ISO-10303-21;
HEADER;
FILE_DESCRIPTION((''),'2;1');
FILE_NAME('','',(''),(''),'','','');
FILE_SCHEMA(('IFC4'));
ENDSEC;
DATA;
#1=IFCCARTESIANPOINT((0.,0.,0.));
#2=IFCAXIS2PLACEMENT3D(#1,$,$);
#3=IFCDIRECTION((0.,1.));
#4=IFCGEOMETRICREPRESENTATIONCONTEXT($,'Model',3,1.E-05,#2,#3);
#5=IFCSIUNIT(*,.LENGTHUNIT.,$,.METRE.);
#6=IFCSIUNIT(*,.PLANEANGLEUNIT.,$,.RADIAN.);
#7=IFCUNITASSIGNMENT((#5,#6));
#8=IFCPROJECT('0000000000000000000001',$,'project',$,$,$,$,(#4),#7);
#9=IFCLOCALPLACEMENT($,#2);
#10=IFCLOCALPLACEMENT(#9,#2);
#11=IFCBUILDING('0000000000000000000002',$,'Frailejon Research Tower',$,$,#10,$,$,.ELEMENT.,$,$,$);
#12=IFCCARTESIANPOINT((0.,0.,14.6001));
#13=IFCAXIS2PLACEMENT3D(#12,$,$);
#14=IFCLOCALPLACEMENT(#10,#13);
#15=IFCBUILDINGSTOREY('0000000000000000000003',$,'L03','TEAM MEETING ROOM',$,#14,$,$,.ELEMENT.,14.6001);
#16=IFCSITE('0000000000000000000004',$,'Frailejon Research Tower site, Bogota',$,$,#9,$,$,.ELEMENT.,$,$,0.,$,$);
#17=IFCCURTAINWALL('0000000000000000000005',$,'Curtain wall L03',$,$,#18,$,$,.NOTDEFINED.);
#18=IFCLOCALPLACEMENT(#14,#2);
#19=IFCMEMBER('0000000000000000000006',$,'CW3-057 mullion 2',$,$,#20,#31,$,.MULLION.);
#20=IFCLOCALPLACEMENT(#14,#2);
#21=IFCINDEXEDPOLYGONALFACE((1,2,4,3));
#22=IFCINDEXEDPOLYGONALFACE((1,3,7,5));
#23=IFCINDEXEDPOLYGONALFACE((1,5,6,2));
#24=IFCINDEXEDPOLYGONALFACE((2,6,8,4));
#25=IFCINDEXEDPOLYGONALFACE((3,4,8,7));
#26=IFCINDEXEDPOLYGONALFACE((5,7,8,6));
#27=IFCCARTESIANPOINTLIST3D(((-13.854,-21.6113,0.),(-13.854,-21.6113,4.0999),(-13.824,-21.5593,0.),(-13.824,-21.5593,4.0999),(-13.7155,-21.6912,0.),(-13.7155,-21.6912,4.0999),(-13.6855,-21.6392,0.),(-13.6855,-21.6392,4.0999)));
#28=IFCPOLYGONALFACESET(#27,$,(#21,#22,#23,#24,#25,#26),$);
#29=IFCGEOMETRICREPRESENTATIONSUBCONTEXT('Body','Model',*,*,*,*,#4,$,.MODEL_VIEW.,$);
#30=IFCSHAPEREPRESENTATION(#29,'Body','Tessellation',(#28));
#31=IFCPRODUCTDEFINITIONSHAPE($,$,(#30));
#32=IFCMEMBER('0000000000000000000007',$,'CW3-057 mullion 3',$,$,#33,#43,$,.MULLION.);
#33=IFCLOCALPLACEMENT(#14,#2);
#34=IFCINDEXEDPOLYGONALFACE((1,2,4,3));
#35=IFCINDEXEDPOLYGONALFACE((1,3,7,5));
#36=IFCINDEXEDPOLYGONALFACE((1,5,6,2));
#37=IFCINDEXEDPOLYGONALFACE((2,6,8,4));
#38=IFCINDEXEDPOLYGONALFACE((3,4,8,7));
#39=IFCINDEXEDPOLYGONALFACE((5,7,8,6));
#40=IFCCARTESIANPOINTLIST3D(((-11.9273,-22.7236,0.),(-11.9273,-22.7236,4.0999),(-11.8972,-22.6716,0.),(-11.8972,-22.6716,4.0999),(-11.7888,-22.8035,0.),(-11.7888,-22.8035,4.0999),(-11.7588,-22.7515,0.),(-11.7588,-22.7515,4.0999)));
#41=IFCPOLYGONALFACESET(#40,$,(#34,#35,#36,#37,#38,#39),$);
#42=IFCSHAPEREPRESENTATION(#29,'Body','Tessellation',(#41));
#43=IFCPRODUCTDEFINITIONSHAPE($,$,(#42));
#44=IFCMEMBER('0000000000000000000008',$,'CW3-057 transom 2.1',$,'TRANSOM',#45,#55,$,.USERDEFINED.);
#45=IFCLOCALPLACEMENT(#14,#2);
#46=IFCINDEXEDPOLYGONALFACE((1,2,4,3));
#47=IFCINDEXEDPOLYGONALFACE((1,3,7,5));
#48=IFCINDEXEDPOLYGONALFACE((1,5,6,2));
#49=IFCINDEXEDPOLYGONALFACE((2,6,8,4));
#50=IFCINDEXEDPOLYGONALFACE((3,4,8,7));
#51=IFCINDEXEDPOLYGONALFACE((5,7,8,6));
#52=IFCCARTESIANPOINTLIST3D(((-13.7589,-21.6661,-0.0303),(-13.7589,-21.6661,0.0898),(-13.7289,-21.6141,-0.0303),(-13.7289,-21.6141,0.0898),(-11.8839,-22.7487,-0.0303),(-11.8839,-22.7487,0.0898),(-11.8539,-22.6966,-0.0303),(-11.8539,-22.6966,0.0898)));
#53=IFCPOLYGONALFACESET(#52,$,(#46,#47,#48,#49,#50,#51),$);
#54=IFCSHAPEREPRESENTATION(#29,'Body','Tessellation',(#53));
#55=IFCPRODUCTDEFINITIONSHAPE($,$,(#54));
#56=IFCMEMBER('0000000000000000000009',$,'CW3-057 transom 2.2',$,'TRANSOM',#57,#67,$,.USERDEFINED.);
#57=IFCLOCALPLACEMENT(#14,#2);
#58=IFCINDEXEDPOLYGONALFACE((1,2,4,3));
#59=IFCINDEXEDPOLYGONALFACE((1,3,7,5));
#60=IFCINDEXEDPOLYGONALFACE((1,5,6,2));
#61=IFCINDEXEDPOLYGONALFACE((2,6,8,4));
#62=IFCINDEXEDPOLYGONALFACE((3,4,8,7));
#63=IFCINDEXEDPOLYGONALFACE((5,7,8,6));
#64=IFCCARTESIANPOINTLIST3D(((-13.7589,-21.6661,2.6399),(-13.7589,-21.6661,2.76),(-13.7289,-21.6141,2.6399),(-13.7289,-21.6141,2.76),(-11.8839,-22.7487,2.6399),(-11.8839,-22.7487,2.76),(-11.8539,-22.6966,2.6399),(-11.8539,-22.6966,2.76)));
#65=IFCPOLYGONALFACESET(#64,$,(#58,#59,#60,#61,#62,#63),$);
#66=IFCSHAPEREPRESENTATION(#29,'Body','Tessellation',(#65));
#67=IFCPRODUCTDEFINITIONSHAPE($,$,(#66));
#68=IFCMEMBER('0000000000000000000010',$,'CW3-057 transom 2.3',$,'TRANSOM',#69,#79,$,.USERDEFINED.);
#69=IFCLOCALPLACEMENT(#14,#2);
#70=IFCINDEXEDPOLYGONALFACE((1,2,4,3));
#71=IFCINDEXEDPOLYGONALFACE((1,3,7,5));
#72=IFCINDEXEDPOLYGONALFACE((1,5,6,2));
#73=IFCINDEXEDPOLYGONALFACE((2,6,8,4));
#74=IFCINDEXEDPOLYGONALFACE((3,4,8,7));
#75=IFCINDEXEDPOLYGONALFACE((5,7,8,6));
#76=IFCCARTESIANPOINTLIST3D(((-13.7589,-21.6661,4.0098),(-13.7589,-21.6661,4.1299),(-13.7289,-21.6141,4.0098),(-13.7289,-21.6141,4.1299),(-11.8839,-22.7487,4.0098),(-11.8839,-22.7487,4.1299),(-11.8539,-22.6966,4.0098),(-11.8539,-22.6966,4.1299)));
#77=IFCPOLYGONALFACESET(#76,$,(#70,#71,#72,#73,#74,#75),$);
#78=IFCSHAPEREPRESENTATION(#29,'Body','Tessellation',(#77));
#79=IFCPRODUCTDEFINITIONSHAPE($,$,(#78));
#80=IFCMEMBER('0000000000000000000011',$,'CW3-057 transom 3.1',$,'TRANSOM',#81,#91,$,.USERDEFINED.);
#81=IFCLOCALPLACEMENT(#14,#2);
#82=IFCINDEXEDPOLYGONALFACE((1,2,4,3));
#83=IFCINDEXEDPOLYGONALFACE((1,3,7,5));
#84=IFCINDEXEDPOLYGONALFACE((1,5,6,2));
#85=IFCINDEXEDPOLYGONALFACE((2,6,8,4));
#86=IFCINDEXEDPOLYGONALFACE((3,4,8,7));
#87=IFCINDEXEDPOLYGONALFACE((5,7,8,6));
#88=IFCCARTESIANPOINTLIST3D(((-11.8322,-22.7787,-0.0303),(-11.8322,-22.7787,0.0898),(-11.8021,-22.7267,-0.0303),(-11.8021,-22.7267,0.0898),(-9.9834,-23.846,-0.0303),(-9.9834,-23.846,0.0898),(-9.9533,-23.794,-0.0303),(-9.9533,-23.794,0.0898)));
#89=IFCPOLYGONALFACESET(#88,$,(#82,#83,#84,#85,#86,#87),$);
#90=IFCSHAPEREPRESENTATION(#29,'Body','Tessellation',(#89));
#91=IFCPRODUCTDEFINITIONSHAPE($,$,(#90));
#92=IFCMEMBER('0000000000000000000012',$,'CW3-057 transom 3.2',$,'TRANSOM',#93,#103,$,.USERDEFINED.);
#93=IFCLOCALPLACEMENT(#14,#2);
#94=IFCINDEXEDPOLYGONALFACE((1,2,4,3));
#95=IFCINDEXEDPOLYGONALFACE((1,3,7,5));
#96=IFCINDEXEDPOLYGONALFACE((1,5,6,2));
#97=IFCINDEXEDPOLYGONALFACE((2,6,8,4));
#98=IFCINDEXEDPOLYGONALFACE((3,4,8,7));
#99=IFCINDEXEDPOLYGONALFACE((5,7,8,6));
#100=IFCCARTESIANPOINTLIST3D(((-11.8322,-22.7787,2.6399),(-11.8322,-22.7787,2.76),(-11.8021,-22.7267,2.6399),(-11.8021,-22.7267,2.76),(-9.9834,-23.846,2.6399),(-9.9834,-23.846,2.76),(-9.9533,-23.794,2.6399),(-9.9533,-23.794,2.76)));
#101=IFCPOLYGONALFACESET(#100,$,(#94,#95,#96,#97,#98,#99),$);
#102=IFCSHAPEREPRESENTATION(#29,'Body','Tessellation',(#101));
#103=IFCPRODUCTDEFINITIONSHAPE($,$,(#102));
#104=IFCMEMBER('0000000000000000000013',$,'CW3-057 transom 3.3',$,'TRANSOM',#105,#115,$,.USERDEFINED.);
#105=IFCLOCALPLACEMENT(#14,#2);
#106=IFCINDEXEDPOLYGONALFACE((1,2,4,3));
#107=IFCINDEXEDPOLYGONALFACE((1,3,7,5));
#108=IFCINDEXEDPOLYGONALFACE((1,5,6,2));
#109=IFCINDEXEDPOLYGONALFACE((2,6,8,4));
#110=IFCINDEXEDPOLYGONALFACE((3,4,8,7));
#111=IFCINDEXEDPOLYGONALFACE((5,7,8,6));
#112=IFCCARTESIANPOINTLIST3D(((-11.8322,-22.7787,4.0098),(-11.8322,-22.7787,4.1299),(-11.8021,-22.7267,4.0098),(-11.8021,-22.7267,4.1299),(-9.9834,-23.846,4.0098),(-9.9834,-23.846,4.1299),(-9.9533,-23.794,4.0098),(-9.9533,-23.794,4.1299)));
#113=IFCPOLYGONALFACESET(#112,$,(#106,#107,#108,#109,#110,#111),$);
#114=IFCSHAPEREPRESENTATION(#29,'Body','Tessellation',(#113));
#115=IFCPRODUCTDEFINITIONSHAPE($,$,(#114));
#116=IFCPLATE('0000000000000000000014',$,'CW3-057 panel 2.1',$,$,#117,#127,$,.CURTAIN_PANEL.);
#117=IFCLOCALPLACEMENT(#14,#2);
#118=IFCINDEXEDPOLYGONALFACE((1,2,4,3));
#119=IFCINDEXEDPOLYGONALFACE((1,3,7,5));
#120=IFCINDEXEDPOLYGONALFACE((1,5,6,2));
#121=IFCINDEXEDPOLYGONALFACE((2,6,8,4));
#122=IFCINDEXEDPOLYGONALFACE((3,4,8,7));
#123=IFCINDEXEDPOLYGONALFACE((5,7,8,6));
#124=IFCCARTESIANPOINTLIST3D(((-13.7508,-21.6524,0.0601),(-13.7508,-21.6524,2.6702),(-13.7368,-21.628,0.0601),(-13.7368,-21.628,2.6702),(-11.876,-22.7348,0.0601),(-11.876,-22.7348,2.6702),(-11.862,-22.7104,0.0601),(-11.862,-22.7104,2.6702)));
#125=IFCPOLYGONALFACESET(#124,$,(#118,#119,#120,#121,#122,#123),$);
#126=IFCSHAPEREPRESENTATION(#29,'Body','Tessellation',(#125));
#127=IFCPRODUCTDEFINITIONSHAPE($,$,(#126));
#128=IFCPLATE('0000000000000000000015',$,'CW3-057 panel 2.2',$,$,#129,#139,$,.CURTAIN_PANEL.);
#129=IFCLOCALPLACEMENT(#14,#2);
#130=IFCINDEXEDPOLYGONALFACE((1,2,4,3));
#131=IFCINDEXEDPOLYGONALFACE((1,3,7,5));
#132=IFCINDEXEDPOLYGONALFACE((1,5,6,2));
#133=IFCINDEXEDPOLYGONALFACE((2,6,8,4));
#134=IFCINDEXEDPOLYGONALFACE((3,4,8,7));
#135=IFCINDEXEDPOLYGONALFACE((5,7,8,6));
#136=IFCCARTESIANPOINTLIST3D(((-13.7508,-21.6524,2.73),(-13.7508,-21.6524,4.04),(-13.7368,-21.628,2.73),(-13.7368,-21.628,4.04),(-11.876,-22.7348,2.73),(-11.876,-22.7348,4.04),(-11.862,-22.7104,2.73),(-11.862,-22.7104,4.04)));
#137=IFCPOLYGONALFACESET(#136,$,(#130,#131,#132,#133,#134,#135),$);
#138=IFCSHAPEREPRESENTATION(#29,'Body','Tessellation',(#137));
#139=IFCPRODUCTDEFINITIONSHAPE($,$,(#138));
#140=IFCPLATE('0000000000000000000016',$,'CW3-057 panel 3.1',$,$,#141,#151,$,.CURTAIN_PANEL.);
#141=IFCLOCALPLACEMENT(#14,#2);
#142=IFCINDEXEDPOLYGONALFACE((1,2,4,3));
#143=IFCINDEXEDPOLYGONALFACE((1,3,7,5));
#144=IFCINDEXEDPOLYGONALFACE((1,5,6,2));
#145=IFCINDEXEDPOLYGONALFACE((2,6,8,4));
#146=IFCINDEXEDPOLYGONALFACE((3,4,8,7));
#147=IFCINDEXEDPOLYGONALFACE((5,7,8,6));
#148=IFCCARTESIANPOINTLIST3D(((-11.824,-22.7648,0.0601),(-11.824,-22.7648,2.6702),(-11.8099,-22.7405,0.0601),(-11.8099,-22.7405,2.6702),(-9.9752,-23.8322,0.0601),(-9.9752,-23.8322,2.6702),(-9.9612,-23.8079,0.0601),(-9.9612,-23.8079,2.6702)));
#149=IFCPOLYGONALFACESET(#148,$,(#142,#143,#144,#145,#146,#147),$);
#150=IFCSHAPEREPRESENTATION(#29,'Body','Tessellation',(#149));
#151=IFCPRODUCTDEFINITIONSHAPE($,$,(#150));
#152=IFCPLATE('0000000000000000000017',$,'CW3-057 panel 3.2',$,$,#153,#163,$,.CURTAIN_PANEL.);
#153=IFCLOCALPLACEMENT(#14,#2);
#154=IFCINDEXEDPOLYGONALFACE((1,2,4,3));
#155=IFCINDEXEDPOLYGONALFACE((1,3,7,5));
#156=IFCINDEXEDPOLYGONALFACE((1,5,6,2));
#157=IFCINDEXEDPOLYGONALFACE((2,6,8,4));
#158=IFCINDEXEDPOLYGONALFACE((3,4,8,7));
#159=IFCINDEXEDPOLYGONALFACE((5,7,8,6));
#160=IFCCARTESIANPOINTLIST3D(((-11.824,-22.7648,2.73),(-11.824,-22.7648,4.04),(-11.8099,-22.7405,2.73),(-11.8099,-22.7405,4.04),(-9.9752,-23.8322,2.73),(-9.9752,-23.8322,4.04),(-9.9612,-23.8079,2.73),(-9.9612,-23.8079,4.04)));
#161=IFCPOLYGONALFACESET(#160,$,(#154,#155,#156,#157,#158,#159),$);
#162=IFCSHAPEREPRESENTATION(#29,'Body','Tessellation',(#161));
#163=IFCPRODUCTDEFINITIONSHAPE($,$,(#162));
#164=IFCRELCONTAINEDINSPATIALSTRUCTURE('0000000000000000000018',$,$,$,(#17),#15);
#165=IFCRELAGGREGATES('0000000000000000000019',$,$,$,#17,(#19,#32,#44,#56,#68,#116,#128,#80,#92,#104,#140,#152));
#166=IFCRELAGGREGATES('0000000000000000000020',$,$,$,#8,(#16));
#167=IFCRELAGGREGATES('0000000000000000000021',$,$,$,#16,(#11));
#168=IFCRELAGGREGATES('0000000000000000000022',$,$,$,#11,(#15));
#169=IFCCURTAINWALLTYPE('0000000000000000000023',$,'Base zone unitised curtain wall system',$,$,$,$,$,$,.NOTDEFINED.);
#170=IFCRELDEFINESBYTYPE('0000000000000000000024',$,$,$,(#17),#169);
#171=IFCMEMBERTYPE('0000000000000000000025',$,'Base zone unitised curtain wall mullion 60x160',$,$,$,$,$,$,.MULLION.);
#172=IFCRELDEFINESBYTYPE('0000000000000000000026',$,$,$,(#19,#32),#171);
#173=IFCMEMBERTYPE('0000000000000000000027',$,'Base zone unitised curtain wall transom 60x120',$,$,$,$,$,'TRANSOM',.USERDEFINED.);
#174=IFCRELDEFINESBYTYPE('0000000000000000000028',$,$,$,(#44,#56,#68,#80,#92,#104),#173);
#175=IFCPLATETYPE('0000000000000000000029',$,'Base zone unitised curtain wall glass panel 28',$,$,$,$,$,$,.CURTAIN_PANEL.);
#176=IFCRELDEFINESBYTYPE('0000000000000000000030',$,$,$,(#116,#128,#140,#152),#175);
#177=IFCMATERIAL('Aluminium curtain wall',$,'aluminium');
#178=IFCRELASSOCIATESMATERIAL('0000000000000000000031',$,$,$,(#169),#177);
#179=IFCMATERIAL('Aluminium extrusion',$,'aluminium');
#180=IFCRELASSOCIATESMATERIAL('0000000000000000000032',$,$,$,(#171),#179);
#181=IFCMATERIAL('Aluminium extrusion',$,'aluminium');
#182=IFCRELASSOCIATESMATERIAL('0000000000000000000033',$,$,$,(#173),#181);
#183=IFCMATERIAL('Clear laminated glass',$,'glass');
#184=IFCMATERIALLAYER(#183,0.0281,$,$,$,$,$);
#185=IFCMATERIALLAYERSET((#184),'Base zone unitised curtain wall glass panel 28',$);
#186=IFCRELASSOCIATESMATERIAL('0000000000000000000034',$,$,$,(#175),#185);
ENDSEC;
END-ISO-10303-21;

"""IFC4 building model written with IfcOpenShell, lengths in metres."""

from ifc_helpers import new_model, si_unit, direction, frame, origin, origin_2d, place, context, subcontext, project, spatial, rectangle, extrude, material, layer, layer_set, material_profile, profile_set, type_object, element, aggregate, save


model = new_model("IFC4")

# Units and contexts
model_context = context("Model", 3, precision=1e-05, world=origin(), true_north=direction((0.0, 1.0)))
body_context = subcontext(model_context, "Body", "Model", "MODEL_VIEW")
ifc_project = project(units=[si_unit("LENGTHUNIT", "METRE"), si_unit("PLANEANGLEUNIT", "RADIAN")], contexts=[model_context])

# Site, building, storey
site_placement = place(None, origin())
site = spatial("IfcSite", under=ifc_project, at=site_placement, Name="Frailejon Research Tower site, Bogota", CompositionType="ELEMENT", RefElevation=0.0)
building_placement = place(site_placement, origin())
building = spatial("IfcBuilding", under=site, at=building_placement, Name="Frailejon Research Tower", CompositionType="ELEMENT")
storey_placement = place(building_placement, frame((0.0, 0.0, 14.6001)))
storey = spatial("IfcBuildingStorey", under=building, at=storey_placement, Name="L03", Description="TEAM MEETING ROOM", CompositionType="ELEMENT", Elevation=14.6001)

# Curtain wall, members, plates
ifc_material_1 = material(Name="Aluminium curtain wall", Category="aluminium")
curtain_wall_type = type_object("IfcCurtainWallType", Name="Base zone unitised curtain wall system", PredefinedType="NOTDEFINED", material=ifc_material_1)
curtain_wall_placement = place(storey_placement, origin())
curtain_wall = element("IfcCurtainWall", 1, at=curtain_wall_placement, inside=storey, type_object=curtain_wall_type, Name="Curtain wall L03", PredefinedType="NOTDEFINED")
ifc_material_2 = material(Name="Aluminium extrusion", Category="aluminium")
ifc_material_profile_1 = material_profile(ifc_material_2, rectangle(XDim=0.0601, YDim=0.1599, at=origin_2d()), Name="Base zone unitised curtain wall mullion 60x160")
ifc_profile_set_1 = profile_set([ifc_material_profile_1], Name="Aluminium extrusion")
member_type_1 = type_object("IfcMemberType", Name="Base zone unitised curtain wall mullion 60x160", PredefinedType="MULLION", material=ifc_profile_set_1)
member_1_placement = place(storey_placement, frame((-13.7698, -21.6252, 0.0), z_axis=(0.0, 0.0, 1.0), x_axis=(0.499998, 0.866026, 0.0)))
member_1 = element("IfcMember", 2, at=member_1_placement, type_object=member_type_1, Name="CW3-057 mullion 2", PredefinedType="MULLION", context=body_context, shape_type="SweptSolid", body=[
    extrude(rectangle(XDim=0.0601, YDim=0.1599, at=origin_2d()), origin(), (0.0, 0.0, 1.0), 4.0999),
])
member_2_placement = place(storey_placement, frame((-11.843, -22.7375, 0.0), z_axis=(0.0, 0.0, 1.0), x_axis=(0.499998, 0.866026, 0.0)))
member_2 = element("IfcMember", 3, at=member_2_placement, type_object=member_type_1, Name="CW3-057 mullion 3", PredefinedType="MULLION", context=body_context, shape_type="SweptSolid", body=[
    extrude(rectangle(XDim=0.0601, YDim=0.1599, at=origin_2d()), origin(), (0.0, 0.0, 1.0), 4.0999),
])
ifc_material_3 = material(Name="Aluminium extrusion", Category="aluminium")
ifc_material_profile_2 = material_profile(ifc_material_3, rectangle(XDim=0.0601, YDim=0.1201, at=origin_2d()), Name="Base zone unitised curtain wall transom 60x120")
ifc_profile_set_2 = profile_set([ifc_material_profile_2], Name="Aluminium extrusion")
member_type_2 = type_object("IfcMemberType", Name="Base zone unitised curtain wall transom 60x120", ElementType="TRANSOM", PredefinedType="USERDEFINED", material=ifc_profile_set_2)
member_3_placement = place(storey_placement, frame((-13.7439, -21.6401, 0.0298), z_axis=(0.866028, -0.499996, 0.0), x_axis=(0.499996, 0.866028, 0.0)))
member_3 = element("IfcMember", 4, at=member_3_placement, type_object=member_type_2, Name="CW3-057 transom 2.1", ObjectType="TRANSOM", PredefinedType="USERDEFINED", context=body_context, shape_type="SweptSolid", body=[
    extrude(rectangle(XDim=0.0601, YDim=0.1201, at=origin_2d()), origin(), (0.0, 0.0, 1.0), 2.165),
])
member_4_placement = place(storey_placement, frame((-13.7439, -21.6401, 2.7), z_axis=(0.866028, -0.499996, 0.0), x_axis=(0.499996, 0.866028, 0.0)))
member_4 = element("IfcMember", 5, at=member_4_placement, type_object=member_type_2, Name="CW3-057 transom 2.2", ObjectType="TRANSOM", PredefinedType="USERDEFINED", context=body_context, shape_type="SweptSolid", body=[
    extrude(rectangle(XDim=0.0601, YDim=0.1201, at=origin_2d()), origin(), (0.0, 0.0, 1.0), 2.165),
])
member_5_placement = place(storey_placement, frame((-13.7439, -21.6401, 4.0698), z_axis=(0.866028, -0.499996, 0.0), x_axis=(0.499996, 0.866028, 0.0)))
member_5 = element("IfcMember", 6, at=member_5_placement, type_object=member_type_2, Name="CW3-057 transom 2.3", ObjectType="TRANSOM", PredefinedType="USERDEFINED", context=body_context, shape_type="SweptSolid", body=[
    extrude(rectangle(XDim=0.0601, YDim=0.1201, at=origin_2d()), origin(), (0.0, 0.0, 1.0), 2.165),
])
member_6_placement = place(storey_placement, frame((-11.8171, -22.7527, 0.0298), z_axis=(0.866039, -0.499977, 0.0), x_axis=(0.499977, 0.866039, 0.0)))
member_6 = element("IfcMember", 7, at=member_6_placement, type_object=member_type_2, Name="CW3-057 transom 3.1", ObjectType="TRANSOM", PredefinedType="USERDEFINED", context=body_context, shape_type="SweptSolid", body=[
    extrude(rectangle(XDim=0.0601, YDim=0.1201, at=origin_2d()), origin(), (0.0, 0.0, 1.0), 2.1348),
])
member_7_placement = place(storey_placement, frame((-11.8171, -22.7527, 2.7), z_axis=(0.866039, -0.499977, 0.0), x_axis=(0.499977, 0.866039, 0.0)))
member_7 = element("IfcMember", 8, at=member_7_placement, type_object=member_type_2, Name="CW3-057 transom 3.2", ObjectType="TRANSOM", PredefinedType="USERDEFINED", context=body_context, shape_type="SweptSolid", body=[
    extrude(rectangle(XDim=0.0601, YDim=0.1201, at=origin_2d()), origin(), (0.0, 0.0, 1.0), 2.1348),
])
member_8_placement = place(storey_placement, frame((-11.8171, -22.7527, 4.0698), z_axis=(0.866039, -0.499977, 0.0), x_axis=(0.499977, 0.866039, 0.0)))
member_8 = element("IfcMember", 9, at=member_8_placement, type_object=member_type_2, Name="CW3-057 transom 3.3", ObjectType="TRANSOM", PredefinedType="USERDEFINED", context=body_context, shape_type="SweptSolid", body=[
    extrude(rectangle(XDim=0.0601, YDim=0.1201, at=origin_2d()), origin(), (0.0, 0.0, 1.0), 2.1348),
])
ifc_material_4 = material(Name="Clear laminated glass", Category="glass")
ifc_layer_1 = layer(ifc_material_4, 0.0281)
ifc_layer_set_1 = layer_set([ifc_layer_1], Name="Base zone unitised curtain wall glass panel 28")
plate_type = type_object("IfcPlateType", Name="Base zone unitised curtain wall glass panel 28", PredefinedType="CURTAIN_PANEL", material=ifc_layer_set_1)
plate_1_placement = place(storey_placement, frame((-12.8064, -22.1814, 0.0601), z_axis=(0.0, 0.0, 1.0), x_axis=(0.866026, -0.499998, 0.0)))
plate_1 = element("IfcPlate", 10, at=plate_1_placement, type_object=plate_type, Name="CW3-057 panel 2.1", PredefinedType="CURTAIN_PANEL", context=body_context, shape_type="SweptSolid", body=[
    extrude(rectangle(XDim=2.1648, YDim=0.0281, at=origin_2d()), origin(), (0.0, 0.0, 1.0), 2.6101),
])
plate_2_placement = place(storey_placement, frame((-12.8064, -22.1814, 2.73), z_axis=(0.0, 0.0, 1.0), x_axis=(0.866026, -0.499998, 0.0)))
plate_2 = element("IfcPlate", 11, at=plate_2_placement, type_object=plate_type, Name="CW3-057 panel 2.2", PredefinedType="CURTAIN_PANEL", context=body_context, shape_type="SweptSolid", body=[
    extrude(rectangle(XDim=2.1648, YDim=0.0281, at=origin_2d()), origin(), (0.0, 0.0, 1.0), 1.3101),
])
plate_3_placement = place(storey_placement, frame((-10.8926, -23.2864, 0.0601), z_axis=(0.0, 0.0, 1.0), x_axis=(0.866026, -0.499998, 0.0)))
plate_3 = element("IfcPlate", 12, at=plate_3_placement, type_object=plate_type, Name="CW3-057 panel 3.1", PredefinedType="CURTAIN_PANEL", context=body_context, shape_type="SweptSolid", body=[
    extrude(rectangle(XDim=2.1348, YDim=0.0281, at=origin_2d()), origin(), (0.0, 0.0, 1.0), 2.6101),
])
plate_4_placement = place(storey_placement, frame((-10.8926, -23.2864, 2.73), z_axis=(0.0, 0.0, 1.0), x_axis=(0.866026, -0.499998, 0.0)))
plate_4 = element("IfcPlate", 13, at=plate_4_placement, type_object=plate_type, Name="CW3-057 panel 3.2", PredefinedType="CURTAIN_PANEL", context=body_context, shape_type="SweptSolid", body=[
    extrude(rectangle(XDim=2.1348, YDim=0.0281, at=origin_2d()), origin(), (0.0, 0.0, 1.0), 1.3101),
])
aggregate(curtain_wall, [member_1, member_2, member_3, member_4, member_5, plate_1, plate_2, member_6, member_7, member_8, plate_3, plate_4])

save(model, "model.ifc")
